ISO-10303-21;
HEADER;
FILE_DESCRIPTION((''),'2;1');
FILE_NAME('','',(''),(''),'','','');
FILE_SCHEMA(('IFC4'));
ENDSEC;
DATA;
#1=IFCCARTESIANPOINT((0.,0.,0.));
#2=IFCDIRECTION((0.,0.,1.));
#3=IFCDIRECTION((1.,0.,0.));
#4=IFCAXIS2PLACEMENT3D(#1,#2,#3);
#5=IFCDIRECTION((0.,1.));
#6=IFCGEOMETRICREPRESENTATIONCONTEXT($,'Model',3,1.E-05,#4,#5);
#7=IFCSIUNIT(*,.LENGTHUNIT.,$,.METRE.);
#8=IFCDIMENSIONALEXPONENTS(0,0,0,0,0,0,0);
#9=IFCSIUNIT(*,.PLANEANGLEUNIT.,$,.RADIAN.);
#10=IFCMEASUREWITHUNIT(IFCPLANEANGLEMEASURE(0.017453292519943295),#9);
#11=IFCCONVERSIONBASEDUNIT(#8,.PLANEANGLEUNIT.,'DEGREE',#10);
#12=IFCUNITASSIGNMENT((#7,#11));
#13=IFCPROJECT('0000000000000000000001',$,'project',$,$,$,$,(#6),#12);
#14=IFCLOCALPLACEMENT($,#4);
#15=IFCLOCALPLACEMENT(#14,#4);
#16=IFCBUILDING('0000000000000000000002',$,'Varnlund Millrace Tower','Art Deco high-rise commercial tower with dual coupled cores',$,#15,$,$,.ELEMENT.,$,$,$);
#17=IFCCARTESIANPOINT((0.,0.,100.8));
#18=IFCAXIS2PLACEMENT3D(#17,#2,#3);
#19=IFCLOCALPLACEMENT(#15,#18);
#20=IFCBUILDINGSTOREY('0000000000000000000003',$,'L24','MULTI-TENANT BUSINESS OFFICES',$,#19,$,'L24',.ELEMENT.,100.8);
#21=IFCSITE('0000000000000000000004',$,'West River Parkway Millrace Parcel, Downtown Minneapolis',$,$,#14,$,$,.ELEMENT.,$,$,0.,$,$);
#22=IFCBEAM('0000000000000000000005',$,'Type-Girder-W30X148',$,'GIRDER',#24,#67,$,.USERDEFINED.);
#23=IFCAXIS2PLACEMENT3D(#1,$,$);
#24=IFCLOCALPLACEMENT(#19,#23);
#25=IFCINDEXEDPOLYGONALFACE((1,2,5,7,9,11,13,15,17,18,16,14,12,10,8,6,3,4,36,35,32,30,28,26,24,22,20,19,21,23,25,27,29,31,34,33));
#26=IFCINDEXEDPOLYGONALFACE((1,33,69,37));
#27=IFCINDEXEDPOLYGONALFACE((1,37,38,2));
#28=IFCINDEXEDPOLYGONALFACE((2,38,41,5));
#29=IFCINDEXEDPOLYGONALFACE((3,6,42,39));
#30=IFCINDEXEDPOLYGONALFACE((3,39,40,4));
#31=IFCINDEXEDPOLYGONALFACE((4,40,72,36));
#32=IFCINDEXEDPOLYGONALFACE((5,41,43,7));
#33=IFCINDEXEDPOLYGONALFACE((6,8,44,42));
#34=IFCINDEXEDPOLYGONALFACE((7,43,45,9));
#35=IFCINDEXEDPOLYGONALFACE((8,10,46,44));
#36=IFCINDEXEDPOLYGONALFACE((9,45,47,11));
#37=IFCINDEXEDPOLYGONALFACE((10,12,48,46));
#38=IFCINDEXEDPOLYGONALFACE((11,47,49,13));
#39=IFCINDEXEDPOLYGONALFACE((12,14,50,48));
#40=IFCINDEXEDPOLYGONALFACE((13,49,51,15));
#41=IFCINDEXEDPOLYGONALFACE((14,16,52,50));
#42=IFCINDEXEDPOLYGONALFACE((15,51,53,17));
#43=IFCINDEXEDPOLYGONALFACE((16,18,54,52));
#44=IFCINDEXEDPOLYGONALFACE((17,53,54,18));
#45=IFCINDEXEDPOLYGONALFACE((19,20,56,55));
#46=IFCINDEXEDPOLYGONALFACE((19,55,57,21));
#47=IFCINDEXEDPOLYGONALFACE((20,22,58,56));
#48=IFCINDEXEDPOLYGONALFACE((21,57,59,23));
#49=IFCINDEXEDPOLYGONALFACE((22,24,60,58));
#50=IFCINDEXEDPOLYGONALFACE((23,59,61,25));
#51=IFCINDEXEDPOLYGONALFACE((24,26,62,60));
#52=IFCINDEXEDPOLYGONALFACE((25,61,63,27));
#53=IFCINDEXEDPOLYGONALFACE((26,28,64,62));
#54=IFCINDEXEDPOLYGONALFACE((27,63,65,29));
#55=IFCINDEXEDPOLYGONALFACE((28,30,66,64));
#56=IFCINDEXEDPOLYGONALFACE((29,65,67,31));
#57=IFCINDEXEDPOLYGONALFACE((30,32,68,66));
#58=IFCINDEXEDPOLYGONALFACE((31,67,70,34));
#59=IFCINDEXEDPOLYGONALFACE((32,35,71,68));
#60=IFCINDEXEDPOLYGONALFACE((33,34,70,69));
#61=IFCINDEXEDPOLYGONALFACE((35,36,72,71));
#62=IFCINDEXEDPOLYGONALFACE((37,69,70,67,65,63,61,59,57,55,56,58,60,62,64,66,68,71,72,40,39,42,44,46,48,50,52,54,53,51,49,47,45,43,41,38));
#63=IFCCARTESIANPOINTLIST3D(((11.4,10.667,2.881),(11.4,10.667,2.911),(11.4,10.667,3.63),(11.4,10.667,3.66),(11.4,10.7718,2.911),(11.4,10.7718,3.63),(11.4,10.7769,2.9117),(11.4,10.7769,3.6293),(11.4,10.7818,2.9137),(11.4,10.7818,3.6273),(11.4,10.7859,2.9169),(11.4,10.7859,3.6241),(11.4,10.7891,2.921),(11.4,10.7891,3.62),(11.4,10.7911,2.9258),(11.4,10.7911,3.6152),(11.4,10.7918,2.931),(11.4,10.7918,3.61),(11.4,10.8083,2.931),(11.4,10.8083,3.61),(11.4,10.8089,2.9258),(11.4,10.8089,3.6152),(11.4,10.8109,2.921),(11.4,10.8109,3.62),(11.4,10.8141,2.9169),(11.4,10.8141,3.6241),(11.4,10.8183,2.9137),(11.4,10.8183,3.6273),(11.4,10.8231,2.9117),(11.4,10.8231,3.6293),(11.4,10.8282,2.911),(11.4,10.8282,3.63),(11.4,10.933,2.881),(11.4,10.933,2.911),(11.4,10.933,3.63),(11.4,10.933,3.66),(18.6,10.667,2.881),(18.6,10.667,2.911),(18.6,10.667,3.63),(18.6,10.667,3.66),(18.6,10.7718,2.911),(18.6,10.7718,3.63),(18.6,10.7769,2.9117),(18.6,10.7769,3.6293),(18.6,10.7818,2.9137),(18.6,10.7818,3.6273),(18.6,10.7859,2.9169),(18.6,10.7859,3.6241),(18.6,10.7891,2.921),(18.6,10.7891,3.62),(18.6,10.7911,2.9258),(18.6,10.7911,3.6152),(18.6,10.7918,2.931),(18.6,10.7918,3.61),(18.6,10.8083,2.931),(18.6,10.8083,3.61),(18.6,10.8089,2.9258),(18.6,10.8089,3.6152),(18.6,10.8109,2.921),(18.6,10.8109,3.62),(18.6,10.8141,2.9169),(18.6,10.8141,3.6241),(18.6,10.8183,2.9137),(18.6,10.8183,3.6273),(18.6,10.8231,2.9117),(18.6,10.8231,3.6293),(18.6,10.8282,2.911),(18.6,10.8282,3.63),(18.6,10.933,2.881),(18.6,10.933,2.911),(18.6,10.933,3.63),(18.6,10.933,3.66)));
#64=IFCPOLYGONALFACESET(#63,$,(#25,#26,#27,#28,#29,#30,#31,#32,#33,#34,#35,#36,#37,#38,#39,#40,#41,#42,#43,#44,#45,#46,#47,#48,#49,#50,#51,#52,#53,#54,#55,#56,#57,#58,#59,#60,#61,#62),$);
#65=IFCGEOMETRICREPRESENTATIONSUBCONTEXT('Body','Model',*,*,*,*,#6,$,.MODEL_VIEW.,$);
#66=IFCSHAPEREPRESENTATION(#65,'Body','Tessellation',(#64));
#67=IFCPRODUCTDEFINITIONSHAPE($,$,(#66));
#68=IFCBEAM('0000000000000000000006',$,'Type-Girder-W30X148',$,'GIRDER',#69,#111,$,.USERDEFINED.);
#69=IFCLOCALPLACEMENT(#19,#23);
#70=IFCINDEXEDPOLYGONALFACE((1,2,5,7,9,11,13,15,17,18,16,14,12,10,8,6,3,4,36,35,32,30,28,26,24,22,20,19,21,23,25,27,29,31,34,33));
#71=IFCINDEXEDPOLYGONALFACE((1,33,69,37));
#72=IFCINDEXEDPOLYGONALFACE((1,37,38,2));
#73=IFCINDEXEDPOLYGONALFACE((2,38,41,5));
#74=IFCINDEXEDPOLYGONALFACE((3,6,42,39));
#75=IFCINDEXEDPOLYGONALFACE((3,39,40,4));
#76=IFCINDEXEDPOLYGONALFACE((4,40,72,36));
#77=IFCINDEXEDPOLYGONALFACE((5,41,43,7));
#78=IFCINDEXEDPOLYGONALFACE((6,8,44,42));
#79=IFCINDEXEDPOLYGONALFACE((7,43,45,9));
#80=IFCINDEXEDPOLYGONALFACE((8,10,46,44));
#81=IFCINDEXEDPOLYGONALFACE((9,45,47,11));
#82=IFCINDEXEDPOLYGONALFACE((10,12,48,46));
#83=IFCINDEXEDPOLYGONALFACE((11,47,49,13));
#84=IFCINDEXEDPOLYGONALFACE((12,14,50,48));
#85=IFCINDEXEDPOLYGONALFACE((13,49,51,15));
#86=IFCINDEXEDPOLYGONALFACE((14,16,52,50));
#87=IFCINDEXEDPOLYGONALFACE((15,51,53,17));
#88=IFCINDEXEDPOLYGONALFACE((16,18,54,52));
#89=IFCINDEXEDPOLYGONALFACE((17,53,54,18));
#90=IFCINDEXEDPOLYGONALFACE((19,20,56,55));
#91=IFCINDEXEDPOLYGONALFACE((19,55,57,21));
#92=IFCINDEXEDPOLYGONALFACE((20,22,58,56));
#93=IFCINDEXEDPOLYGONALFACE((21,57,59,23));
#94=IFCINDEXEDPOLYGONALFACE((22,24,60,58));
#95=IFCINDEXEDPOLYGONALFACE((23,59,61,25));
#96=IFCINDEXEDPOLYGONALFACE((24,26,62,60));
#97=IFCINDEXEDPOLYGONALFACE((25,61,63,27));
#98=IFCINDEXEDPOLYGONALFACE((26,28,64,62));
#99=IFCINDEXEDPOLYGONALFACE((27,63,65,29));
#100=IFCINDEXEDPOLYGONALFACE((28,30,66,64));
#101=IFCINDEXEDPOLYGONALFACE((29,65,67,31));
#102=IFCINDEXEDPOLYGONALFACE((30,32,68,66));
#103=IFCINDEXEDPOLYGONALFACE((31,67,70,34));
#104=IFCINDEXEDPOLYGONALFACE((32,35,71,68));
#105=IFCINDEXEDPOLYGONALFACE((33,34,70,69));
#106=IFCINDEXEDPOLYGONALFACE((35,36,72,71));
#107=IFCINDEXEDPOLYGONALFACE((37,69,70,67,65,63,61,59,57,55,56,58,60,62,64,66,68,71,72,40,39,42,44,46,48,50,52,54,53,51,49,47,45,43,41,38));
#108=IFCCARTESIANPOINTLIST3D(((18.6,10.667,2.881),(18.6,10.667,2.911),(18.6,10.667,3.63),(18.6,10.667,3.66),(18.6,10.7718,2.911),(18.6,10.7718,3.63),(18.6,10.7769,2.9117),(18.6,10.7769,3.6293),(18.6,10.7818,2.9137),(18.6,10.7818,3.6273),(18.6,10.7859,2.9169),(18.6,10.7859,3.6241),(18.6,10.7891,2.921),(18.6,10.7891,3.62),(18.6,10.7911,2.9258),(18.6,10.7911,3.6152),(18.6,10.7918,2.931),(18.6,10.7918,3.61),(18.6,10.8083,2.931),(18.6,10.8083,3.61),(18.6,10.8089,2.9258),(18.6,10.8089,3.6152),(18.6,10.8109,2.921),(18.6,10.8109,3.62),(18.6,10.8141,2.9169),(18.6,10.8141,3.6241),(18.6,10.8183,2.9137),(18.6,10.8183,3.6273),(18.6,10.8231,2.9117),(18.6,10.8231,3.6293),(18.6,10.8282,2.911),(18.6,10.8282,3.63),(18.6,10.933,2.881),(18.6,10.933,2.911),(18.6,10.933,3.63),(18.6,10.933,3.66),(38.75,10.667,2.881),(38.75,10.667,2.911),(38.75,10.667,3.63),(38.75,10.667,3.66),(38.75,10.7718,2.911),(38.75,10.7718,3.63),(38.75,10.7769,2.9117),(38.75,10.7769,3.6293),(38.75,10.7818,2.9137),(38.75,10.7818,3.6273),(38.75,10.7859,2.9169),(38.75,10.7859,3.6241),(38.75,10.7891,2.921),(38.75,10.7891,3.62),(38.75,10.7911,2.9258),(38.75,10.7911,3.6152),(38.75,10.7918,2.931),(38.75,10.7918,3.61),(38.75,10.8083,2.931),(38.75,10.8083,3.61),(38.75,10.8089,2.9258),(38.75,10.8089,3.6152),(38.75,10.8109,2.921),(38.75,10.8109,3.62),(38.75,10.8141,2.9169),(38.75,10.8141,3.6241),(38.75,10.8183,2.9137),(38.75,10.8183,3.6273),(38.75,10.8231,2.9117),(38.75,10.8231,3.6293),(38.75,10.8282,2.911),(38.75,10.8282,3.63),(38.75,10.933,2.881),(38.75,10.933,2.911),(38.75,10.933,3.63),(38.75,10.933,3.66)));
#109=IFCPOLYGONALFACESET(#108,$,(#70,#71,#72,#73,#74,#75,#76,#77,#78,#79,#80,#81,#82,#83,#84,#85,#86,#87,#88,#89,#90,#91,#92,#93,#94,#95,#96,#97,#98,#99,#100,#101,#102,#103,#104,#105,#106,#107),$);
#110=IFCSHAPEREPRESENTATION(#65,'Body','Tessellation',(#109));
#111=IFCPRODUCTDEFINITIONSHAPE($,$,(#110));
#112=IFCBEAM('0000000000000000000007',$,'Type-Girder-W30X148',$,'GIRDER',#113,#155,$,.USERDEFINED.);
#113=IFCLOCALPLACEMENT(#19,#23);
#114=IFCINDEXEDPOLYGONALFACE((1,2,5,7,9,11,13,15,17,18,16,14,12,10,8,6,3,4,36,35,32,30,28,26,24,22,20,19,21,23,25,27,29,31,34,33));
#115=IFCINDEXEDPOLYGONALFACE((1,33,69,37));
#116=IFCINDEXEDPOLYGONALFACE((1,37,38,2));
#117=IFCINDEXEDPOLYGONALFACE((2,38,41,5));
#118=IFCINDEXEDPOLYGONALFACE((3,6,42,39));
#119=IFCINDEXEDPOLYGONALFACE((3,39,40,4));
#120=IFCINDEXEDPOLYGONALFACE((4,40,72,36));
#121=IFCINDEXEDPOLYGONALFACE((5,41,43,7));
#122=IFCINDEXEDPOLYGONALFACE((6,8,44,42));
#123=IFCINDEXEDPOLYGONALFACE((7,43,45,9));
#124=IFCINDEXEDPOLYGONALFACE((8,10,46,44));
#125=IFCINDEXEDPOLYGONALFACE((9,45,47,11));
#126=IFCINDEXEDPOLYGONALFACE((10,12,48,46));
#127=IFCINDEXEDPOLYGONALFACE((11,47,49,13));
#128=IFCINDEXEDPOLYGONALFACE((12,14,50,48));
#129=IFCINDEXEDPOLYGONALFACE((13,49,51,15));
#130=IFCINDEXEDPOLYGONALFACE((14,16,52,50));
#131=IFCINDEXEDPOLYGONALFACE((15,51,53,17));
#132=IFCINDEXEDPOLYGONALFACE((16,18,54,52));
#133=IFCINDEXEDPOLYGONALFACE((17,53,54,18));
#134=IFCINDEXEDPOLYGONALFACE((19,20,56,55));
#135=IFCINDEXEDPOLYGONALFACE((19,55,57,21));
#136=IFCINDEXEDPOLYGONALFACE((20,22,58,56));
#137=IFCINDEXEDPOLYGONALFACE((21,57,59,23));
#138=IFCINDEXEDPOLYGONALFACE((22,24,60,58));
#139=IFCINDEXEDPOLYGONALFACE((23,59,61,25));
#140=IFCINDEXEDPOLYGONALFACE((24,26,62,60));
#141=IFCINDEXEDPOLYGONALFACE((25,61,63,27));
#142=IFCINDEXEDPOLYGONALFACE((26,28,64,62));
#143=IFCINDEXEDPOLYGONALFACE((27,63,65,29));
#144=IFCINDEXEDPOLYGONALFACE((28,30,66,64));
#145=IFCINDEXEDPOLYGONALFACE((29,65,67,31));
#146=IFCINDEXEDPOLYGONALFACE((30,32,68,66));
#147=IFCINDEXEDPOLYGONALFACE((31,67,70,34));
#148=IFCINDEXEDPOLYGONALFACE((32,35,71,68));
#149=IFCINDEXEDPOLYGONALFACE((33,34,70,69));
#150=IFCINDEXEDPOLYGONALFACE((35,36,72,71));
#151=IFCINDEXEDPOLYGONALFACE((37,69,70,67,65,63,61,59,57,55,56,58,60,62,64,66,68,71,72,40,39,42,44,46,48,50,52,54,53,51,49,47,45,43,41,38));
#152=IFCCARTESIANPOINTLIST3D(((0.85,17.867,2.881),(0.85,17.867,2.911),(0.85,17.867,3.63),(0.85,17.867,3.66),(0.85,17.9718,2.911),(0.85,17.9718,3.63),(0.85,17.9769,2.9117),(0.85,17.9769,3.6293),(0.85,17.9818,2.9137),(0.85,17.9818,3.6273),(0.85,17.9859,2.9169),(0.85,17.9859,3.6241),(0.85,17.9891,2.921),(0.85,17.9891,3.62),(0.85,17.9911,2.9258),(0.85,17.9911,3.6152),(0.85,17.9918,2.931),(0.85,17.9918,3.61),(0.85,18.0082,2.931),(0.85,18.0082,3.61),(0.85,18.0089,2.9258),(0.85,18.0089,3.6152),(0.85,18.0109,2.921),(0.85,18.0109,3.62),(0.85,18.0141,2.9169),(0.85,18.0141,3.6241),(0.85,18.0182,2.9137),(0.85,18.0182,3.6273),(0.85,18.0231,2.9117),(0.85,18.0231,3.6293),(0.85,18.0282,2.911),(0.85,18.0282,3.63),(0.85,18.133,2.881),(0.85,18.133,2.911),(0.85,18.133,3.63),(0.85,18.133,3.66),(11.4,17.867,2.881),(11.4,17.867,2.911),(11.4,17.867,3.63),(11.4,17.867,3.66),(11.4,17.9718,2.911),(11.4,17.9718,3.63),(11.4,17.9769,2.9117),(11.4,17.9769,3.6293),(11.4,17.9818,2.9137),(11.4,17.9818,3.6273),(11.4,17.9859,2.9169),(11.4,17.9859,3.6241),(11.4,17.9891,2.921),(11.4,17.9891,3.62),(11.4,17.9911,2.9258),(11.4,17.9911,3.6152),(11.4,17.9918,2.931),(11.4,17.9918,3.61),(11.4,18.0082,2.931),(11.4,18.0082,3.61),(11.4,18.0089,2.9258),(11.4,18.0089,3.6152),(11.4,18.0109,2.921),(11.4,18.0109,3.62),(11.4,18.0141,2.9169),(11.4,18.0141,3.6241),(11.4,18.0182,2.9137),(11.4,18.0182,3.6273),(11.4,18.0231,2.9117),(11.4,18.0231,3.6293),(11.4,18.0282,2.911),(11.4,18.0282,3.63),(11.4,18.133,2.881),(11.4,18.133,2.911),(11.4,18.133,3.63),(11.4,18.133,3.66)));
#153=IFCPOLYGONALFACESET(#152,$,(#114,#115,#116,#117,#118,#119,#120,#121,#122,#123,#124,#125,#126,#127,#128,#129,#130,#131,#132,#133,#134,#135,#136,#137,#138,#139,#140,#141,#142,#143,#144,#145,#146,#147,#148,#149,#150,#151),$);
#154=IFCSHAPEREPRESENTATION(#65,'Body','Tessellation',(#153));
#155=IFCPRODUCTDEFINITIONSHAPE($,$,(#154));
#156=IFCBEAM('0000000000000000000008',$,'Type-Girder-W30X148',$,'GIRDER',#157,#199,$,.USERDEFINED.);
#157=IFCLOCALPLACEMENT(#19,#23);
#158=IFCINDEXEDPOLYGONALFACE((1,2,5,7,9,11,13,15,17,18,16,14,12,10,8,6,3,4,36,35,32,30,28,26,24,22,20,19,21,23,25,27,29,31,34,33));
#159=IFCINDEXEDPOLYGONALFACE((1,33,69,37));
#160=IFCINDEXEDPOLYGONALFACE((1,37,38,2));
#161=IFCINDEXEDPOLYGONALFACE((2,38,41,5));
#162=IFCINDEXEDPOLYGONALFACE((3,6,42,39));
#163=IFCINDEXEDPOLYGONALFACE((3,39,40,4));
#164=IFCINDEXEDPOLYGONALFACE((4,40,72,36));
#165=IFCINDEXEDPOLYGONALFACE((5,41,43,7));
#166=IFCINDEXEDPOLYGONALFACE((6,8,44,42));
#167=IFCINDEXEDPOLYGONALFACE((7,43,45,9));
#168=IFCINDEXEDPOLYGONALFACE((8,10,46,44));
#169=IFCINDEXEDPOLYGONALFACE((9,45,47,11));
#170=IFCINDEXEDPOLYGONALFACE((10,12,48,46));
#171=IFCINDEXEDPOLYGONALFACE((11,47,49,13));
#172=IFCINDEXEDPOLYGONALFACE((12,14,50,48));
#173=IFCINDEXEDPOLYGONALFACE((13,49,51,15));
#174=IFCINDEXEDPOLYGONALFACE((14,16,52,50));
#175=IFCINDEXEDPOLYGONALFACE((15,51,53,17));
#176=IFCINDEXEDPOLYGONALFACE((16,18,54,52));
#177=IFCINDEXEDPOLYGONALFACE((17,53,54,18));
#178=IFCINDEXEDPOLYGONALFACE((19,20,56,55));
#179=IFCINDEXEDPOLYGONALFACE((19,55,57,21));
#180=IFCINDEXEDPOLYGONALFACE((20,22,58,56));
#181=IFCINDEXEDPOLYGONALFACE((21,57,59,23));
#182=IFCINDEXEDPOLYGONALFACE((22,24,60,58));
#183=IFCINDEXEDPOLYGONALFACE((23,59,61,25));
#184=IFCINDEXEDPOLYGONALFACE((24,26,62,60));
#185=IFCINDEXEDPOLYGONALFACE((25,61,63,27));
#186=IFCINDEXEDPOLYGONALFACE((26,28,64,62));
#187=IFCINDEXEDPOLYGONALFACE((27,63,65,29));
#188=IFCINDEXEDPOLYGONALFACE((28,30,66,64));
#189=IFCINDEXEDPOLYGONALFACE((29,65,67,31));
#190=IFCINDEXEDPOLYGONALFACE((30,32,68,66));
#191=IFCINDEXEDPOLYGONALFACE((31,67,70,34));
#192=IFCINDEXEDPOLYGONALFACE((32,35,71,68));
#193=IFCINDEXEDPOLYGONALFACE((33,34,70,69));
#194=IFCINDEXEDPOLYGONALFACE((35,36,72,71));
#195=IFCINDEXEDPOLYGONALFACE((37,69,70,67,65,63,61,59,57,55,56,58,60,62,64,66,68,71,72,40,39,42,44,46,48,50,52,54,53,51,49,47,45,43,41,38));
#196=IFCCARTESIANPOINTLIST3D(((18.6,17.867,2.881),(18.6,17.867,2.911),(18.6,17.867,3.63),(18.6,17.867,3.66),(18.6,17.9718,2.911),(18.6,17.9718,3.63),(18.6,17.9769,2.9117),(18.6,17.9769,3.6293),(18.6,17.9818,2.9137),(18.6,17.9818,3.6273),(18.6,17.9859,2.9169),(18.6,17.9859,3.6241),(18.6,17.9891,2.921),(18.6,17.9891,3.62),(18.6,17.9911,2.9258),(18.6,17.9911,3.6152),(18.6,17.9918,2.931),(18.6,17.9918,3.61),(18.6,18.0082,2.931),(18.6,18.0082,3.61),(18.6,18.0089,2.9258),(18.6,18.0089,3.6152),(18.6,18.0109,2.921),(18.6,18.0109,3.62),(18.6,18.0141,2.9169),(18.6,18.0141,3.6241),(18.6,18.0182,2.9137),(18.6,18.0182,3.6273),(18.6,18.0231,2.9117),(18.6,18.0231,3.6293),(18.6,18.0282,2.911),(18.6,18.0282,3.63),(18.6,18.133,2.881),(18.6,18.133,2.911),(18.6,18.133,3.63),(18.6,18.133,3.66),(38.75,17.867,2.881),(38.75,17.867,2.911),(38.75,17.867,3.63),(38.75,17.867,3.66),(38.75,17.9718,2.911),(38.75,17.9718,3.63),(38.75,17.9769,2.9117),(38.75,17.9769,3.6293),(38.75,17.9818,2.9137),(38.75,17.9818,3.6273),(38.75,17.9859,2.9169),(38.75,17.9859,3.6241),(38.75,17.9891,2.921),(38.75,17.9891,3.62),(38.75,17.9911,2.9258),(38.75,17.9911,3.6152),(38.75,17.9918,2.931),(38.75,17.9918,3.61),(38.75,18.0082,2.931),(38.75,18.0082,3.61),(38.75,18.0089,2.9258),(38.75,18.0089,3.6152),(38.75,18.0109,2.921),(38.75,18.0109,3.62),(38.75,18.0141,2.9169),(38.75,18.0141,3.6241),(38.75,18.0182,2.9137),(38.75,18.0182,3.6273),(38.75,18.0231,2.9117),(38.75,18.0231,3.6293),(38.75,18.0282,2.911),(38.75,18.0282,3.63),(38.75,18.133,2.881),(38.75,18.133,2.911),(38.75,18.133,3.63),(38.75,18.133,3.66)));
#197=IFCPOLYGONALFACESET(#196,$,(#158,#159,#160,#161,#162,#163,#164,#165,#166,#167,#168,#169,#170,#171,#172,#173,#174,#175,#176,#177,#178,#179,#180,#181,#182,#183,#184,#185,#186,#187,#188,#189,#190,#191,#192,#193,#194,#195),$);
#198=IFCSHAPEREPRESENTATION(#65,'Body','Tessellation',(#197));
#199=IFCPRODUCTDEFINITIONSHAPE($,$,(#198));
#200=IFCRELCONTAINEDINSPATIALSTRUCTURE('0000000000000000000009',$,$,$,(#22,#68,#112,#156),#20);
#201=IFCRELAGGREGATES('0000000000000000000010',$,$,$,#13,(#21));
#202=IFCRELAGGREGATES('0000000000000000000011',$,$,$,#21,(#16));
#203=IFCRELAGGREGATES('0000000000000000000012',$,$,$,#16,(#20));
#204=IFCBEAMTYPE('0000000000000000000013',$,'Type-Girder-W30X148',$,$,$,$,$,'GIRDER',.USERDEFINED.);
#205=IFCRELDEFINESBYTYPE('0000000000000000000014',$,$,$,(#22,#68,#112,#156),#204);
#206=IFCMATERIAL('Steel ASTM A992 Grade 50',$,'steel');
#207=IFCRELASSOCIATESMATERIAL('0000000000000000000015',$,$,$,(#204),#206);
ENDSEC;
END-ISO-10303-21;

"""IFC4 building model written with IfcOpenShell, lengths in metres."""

from ifc_helpers import new_model, entity, si_unit, converted_unit, direction, frame, origin_with_axes, origin_2d_with_axis, place, context, subcontext, project, spatial, i_section, extrude, material, material_profile, profile_set, type_object, element, save


model = new_model("IFC4")

# Units and contexts
model_context = context("Model", 3, precision=1e-05, world=origin_with_axes(), true_north=direction((0.0, 1.0)))
body_context = subcontext(model_context, "Body", "Model", "MODEL_VIEW")
ifc_project = project(units=[si_unit("LENGTHUNIT", "METRE"), converted_unit("PLANEANGLEUNIT", "DEGREE", entity("IfcPlaneAngleMeasure", 0.017453292519943295), si_unit("PLANEANGLEUNIT", "RADIAN"), dimensions=[0, 0, 0, 0, 0, 0, 0])], contexts=[model_context])

# Site, building, storey
site_placement = place(None, origin_with_axes())
site = spatial("IfcSite", under=ifc_project, at=site_placement, Name="West River Parkway Millrace Parcel, Downtown Minneapolis", CompositionType="ELEMENT", RefElevation=0.0)
building_placement = place(site_placement, origin_with_axes())
building = spatial("IfcBuilding", under=site, at=building_placement, Name="Varnlund Millrace Tower", Description="Art Deco high-rise commercial tower with dual coupled cores", CompositionType="ELEMENT")
storey_placement = place(building_placement, frame((0.0, 0.0, 100.8), z_axis=(0.0, 0.0, 1.0), x_axis=(1.0, 0.0, 0.0)))
storey = spatial("IfcBuildingStorey", under=building, at=storey_placement, Name="L24", Description="MULTI-TENANT BUSINESS OFFICES", LongName="L24", CompositionType="ELEMENT", Elevation=100.8)

# Beams
ifc_material_1 = material(Name="Steel ASTM A992 Grade 50", Category="steel")
ifc_material_profile_1 = material_profile(ifc_material_1, i_section(OverallWidth=0.266, OverallDepth=0.779, WebThickness=0.0165, FlangeThickness=0.03, FilletRadius=0.02, at=origin_2d_with_axis()), Name="Steel ASTM A992 Grade 50")
ifc_profile_set_1 = profile_set([ifc_material_profile_1], Name="Steel ASTM A992 Grade 50")
beam_type_1 = type_object("IfcBeamType", Name="Type-Girder-W30X148", ElementType="GIRDER", PredefinedType="USERDEFINED", material=ifc_profile_set_1)
beam_1_placement = place(storey_placement, frame((11.4, 10.8, 3.2705), z_axis=(1.0, 0.0, 0.0), x_axis=(0.0, 1.0, 0.0)))
element("IfcBeam", 1, at=beam_1_placement, inside=storey, type_object=beam_type_1, Name="Type-Girder-W30X148", ObjectType="GIRDER", PredefinedType="USERDEFINED", context=body_context, shape_type="SweptSolid", body=[
    extrude(i_section(OverallWidth=0.266, OverallDepth=0.779, WebThickness=0.0165, FlangeThickness=0.03, FilletRadius=0.02, at=origin_2d_with_axis()), origin_with_axes(), (0.0, 0.0, 1.0), 7.2),
])
beam_2_placement = place(storey_placement, frame((18.6, 10.8, 3.2705), z_axis=(1.0, 0.0, 0.0), x_axis=(0.0, 1.0, 0.0)))
element("IfcBeam", 2, at=beam_2_placement, inside=storey, type_object=beam_type_1, Name="Type-Girder-W30X148", ObjectType="GIRDER", PredefinedType="USERDEFINED", context=body_context, shape_type="SweptSolid", body=[
    extrude(i_section(OverallWidth=0.266, OverallDepth=0.779, WebThickness=0.0165, FlangeThickness=0.03, FilletRadius=0.02, at=origin_2d_with_axis()), origin_with_axes(), (0.0, 0.0, 1.0), 20.15),
])
beam_3_placement = place(storey_placement, frame((0.85, 18.0, 3.2705), z_axis=(1.0, 0.0, 0.0), x_axis=(0.0, 1.0, 0.0)))
element("IfcBeam", 3, at=beam_3_placement, inside=storey, type_object=beam_type_1, Name="Type-Girder-W30X148", ObjectType="GIRDER", PredefinedType="USERDEFINED", context=body_context, shape_type="SweptSolid", body=[
    extrude(i_section(OverallWidth=0.266, OverallDepth=0.779, WebThickness=0.0165, FlangeThickness=0.03, FilletRadius=0.02, at=origin_2d_with_axis()), origin_with_axes(), (0.0, 0.0, 1.0), 10.55),
])
beam_4_placement = place(storey_placement, frame((18.6, 18.0, 3.2705), z_axis=(1.0, 0.0, 0.0), x_axis=(0.0, 1.0, 0.0)))
element("IfcBeam", 4, at=beam_4_placement, inside=storey, type_object=beam_type_1, Name="Type-Girder-W30X148", ObjectType="GIRDER", PredefinedType="USERDEFINED", context=body_context, shape_type="SweptSolid", body=[
    extrude(i_section(OverallWidth=0.266, OverallDepth=0.779, WebThickness=0.0165, FlangeThickness=0.03, FilletRadius=0.02, at=origin_2d_with_axis()), origin_with_axes(), (0.0, 0.0, 1.0), 20.15),
])

save(model, "model.ifc")
